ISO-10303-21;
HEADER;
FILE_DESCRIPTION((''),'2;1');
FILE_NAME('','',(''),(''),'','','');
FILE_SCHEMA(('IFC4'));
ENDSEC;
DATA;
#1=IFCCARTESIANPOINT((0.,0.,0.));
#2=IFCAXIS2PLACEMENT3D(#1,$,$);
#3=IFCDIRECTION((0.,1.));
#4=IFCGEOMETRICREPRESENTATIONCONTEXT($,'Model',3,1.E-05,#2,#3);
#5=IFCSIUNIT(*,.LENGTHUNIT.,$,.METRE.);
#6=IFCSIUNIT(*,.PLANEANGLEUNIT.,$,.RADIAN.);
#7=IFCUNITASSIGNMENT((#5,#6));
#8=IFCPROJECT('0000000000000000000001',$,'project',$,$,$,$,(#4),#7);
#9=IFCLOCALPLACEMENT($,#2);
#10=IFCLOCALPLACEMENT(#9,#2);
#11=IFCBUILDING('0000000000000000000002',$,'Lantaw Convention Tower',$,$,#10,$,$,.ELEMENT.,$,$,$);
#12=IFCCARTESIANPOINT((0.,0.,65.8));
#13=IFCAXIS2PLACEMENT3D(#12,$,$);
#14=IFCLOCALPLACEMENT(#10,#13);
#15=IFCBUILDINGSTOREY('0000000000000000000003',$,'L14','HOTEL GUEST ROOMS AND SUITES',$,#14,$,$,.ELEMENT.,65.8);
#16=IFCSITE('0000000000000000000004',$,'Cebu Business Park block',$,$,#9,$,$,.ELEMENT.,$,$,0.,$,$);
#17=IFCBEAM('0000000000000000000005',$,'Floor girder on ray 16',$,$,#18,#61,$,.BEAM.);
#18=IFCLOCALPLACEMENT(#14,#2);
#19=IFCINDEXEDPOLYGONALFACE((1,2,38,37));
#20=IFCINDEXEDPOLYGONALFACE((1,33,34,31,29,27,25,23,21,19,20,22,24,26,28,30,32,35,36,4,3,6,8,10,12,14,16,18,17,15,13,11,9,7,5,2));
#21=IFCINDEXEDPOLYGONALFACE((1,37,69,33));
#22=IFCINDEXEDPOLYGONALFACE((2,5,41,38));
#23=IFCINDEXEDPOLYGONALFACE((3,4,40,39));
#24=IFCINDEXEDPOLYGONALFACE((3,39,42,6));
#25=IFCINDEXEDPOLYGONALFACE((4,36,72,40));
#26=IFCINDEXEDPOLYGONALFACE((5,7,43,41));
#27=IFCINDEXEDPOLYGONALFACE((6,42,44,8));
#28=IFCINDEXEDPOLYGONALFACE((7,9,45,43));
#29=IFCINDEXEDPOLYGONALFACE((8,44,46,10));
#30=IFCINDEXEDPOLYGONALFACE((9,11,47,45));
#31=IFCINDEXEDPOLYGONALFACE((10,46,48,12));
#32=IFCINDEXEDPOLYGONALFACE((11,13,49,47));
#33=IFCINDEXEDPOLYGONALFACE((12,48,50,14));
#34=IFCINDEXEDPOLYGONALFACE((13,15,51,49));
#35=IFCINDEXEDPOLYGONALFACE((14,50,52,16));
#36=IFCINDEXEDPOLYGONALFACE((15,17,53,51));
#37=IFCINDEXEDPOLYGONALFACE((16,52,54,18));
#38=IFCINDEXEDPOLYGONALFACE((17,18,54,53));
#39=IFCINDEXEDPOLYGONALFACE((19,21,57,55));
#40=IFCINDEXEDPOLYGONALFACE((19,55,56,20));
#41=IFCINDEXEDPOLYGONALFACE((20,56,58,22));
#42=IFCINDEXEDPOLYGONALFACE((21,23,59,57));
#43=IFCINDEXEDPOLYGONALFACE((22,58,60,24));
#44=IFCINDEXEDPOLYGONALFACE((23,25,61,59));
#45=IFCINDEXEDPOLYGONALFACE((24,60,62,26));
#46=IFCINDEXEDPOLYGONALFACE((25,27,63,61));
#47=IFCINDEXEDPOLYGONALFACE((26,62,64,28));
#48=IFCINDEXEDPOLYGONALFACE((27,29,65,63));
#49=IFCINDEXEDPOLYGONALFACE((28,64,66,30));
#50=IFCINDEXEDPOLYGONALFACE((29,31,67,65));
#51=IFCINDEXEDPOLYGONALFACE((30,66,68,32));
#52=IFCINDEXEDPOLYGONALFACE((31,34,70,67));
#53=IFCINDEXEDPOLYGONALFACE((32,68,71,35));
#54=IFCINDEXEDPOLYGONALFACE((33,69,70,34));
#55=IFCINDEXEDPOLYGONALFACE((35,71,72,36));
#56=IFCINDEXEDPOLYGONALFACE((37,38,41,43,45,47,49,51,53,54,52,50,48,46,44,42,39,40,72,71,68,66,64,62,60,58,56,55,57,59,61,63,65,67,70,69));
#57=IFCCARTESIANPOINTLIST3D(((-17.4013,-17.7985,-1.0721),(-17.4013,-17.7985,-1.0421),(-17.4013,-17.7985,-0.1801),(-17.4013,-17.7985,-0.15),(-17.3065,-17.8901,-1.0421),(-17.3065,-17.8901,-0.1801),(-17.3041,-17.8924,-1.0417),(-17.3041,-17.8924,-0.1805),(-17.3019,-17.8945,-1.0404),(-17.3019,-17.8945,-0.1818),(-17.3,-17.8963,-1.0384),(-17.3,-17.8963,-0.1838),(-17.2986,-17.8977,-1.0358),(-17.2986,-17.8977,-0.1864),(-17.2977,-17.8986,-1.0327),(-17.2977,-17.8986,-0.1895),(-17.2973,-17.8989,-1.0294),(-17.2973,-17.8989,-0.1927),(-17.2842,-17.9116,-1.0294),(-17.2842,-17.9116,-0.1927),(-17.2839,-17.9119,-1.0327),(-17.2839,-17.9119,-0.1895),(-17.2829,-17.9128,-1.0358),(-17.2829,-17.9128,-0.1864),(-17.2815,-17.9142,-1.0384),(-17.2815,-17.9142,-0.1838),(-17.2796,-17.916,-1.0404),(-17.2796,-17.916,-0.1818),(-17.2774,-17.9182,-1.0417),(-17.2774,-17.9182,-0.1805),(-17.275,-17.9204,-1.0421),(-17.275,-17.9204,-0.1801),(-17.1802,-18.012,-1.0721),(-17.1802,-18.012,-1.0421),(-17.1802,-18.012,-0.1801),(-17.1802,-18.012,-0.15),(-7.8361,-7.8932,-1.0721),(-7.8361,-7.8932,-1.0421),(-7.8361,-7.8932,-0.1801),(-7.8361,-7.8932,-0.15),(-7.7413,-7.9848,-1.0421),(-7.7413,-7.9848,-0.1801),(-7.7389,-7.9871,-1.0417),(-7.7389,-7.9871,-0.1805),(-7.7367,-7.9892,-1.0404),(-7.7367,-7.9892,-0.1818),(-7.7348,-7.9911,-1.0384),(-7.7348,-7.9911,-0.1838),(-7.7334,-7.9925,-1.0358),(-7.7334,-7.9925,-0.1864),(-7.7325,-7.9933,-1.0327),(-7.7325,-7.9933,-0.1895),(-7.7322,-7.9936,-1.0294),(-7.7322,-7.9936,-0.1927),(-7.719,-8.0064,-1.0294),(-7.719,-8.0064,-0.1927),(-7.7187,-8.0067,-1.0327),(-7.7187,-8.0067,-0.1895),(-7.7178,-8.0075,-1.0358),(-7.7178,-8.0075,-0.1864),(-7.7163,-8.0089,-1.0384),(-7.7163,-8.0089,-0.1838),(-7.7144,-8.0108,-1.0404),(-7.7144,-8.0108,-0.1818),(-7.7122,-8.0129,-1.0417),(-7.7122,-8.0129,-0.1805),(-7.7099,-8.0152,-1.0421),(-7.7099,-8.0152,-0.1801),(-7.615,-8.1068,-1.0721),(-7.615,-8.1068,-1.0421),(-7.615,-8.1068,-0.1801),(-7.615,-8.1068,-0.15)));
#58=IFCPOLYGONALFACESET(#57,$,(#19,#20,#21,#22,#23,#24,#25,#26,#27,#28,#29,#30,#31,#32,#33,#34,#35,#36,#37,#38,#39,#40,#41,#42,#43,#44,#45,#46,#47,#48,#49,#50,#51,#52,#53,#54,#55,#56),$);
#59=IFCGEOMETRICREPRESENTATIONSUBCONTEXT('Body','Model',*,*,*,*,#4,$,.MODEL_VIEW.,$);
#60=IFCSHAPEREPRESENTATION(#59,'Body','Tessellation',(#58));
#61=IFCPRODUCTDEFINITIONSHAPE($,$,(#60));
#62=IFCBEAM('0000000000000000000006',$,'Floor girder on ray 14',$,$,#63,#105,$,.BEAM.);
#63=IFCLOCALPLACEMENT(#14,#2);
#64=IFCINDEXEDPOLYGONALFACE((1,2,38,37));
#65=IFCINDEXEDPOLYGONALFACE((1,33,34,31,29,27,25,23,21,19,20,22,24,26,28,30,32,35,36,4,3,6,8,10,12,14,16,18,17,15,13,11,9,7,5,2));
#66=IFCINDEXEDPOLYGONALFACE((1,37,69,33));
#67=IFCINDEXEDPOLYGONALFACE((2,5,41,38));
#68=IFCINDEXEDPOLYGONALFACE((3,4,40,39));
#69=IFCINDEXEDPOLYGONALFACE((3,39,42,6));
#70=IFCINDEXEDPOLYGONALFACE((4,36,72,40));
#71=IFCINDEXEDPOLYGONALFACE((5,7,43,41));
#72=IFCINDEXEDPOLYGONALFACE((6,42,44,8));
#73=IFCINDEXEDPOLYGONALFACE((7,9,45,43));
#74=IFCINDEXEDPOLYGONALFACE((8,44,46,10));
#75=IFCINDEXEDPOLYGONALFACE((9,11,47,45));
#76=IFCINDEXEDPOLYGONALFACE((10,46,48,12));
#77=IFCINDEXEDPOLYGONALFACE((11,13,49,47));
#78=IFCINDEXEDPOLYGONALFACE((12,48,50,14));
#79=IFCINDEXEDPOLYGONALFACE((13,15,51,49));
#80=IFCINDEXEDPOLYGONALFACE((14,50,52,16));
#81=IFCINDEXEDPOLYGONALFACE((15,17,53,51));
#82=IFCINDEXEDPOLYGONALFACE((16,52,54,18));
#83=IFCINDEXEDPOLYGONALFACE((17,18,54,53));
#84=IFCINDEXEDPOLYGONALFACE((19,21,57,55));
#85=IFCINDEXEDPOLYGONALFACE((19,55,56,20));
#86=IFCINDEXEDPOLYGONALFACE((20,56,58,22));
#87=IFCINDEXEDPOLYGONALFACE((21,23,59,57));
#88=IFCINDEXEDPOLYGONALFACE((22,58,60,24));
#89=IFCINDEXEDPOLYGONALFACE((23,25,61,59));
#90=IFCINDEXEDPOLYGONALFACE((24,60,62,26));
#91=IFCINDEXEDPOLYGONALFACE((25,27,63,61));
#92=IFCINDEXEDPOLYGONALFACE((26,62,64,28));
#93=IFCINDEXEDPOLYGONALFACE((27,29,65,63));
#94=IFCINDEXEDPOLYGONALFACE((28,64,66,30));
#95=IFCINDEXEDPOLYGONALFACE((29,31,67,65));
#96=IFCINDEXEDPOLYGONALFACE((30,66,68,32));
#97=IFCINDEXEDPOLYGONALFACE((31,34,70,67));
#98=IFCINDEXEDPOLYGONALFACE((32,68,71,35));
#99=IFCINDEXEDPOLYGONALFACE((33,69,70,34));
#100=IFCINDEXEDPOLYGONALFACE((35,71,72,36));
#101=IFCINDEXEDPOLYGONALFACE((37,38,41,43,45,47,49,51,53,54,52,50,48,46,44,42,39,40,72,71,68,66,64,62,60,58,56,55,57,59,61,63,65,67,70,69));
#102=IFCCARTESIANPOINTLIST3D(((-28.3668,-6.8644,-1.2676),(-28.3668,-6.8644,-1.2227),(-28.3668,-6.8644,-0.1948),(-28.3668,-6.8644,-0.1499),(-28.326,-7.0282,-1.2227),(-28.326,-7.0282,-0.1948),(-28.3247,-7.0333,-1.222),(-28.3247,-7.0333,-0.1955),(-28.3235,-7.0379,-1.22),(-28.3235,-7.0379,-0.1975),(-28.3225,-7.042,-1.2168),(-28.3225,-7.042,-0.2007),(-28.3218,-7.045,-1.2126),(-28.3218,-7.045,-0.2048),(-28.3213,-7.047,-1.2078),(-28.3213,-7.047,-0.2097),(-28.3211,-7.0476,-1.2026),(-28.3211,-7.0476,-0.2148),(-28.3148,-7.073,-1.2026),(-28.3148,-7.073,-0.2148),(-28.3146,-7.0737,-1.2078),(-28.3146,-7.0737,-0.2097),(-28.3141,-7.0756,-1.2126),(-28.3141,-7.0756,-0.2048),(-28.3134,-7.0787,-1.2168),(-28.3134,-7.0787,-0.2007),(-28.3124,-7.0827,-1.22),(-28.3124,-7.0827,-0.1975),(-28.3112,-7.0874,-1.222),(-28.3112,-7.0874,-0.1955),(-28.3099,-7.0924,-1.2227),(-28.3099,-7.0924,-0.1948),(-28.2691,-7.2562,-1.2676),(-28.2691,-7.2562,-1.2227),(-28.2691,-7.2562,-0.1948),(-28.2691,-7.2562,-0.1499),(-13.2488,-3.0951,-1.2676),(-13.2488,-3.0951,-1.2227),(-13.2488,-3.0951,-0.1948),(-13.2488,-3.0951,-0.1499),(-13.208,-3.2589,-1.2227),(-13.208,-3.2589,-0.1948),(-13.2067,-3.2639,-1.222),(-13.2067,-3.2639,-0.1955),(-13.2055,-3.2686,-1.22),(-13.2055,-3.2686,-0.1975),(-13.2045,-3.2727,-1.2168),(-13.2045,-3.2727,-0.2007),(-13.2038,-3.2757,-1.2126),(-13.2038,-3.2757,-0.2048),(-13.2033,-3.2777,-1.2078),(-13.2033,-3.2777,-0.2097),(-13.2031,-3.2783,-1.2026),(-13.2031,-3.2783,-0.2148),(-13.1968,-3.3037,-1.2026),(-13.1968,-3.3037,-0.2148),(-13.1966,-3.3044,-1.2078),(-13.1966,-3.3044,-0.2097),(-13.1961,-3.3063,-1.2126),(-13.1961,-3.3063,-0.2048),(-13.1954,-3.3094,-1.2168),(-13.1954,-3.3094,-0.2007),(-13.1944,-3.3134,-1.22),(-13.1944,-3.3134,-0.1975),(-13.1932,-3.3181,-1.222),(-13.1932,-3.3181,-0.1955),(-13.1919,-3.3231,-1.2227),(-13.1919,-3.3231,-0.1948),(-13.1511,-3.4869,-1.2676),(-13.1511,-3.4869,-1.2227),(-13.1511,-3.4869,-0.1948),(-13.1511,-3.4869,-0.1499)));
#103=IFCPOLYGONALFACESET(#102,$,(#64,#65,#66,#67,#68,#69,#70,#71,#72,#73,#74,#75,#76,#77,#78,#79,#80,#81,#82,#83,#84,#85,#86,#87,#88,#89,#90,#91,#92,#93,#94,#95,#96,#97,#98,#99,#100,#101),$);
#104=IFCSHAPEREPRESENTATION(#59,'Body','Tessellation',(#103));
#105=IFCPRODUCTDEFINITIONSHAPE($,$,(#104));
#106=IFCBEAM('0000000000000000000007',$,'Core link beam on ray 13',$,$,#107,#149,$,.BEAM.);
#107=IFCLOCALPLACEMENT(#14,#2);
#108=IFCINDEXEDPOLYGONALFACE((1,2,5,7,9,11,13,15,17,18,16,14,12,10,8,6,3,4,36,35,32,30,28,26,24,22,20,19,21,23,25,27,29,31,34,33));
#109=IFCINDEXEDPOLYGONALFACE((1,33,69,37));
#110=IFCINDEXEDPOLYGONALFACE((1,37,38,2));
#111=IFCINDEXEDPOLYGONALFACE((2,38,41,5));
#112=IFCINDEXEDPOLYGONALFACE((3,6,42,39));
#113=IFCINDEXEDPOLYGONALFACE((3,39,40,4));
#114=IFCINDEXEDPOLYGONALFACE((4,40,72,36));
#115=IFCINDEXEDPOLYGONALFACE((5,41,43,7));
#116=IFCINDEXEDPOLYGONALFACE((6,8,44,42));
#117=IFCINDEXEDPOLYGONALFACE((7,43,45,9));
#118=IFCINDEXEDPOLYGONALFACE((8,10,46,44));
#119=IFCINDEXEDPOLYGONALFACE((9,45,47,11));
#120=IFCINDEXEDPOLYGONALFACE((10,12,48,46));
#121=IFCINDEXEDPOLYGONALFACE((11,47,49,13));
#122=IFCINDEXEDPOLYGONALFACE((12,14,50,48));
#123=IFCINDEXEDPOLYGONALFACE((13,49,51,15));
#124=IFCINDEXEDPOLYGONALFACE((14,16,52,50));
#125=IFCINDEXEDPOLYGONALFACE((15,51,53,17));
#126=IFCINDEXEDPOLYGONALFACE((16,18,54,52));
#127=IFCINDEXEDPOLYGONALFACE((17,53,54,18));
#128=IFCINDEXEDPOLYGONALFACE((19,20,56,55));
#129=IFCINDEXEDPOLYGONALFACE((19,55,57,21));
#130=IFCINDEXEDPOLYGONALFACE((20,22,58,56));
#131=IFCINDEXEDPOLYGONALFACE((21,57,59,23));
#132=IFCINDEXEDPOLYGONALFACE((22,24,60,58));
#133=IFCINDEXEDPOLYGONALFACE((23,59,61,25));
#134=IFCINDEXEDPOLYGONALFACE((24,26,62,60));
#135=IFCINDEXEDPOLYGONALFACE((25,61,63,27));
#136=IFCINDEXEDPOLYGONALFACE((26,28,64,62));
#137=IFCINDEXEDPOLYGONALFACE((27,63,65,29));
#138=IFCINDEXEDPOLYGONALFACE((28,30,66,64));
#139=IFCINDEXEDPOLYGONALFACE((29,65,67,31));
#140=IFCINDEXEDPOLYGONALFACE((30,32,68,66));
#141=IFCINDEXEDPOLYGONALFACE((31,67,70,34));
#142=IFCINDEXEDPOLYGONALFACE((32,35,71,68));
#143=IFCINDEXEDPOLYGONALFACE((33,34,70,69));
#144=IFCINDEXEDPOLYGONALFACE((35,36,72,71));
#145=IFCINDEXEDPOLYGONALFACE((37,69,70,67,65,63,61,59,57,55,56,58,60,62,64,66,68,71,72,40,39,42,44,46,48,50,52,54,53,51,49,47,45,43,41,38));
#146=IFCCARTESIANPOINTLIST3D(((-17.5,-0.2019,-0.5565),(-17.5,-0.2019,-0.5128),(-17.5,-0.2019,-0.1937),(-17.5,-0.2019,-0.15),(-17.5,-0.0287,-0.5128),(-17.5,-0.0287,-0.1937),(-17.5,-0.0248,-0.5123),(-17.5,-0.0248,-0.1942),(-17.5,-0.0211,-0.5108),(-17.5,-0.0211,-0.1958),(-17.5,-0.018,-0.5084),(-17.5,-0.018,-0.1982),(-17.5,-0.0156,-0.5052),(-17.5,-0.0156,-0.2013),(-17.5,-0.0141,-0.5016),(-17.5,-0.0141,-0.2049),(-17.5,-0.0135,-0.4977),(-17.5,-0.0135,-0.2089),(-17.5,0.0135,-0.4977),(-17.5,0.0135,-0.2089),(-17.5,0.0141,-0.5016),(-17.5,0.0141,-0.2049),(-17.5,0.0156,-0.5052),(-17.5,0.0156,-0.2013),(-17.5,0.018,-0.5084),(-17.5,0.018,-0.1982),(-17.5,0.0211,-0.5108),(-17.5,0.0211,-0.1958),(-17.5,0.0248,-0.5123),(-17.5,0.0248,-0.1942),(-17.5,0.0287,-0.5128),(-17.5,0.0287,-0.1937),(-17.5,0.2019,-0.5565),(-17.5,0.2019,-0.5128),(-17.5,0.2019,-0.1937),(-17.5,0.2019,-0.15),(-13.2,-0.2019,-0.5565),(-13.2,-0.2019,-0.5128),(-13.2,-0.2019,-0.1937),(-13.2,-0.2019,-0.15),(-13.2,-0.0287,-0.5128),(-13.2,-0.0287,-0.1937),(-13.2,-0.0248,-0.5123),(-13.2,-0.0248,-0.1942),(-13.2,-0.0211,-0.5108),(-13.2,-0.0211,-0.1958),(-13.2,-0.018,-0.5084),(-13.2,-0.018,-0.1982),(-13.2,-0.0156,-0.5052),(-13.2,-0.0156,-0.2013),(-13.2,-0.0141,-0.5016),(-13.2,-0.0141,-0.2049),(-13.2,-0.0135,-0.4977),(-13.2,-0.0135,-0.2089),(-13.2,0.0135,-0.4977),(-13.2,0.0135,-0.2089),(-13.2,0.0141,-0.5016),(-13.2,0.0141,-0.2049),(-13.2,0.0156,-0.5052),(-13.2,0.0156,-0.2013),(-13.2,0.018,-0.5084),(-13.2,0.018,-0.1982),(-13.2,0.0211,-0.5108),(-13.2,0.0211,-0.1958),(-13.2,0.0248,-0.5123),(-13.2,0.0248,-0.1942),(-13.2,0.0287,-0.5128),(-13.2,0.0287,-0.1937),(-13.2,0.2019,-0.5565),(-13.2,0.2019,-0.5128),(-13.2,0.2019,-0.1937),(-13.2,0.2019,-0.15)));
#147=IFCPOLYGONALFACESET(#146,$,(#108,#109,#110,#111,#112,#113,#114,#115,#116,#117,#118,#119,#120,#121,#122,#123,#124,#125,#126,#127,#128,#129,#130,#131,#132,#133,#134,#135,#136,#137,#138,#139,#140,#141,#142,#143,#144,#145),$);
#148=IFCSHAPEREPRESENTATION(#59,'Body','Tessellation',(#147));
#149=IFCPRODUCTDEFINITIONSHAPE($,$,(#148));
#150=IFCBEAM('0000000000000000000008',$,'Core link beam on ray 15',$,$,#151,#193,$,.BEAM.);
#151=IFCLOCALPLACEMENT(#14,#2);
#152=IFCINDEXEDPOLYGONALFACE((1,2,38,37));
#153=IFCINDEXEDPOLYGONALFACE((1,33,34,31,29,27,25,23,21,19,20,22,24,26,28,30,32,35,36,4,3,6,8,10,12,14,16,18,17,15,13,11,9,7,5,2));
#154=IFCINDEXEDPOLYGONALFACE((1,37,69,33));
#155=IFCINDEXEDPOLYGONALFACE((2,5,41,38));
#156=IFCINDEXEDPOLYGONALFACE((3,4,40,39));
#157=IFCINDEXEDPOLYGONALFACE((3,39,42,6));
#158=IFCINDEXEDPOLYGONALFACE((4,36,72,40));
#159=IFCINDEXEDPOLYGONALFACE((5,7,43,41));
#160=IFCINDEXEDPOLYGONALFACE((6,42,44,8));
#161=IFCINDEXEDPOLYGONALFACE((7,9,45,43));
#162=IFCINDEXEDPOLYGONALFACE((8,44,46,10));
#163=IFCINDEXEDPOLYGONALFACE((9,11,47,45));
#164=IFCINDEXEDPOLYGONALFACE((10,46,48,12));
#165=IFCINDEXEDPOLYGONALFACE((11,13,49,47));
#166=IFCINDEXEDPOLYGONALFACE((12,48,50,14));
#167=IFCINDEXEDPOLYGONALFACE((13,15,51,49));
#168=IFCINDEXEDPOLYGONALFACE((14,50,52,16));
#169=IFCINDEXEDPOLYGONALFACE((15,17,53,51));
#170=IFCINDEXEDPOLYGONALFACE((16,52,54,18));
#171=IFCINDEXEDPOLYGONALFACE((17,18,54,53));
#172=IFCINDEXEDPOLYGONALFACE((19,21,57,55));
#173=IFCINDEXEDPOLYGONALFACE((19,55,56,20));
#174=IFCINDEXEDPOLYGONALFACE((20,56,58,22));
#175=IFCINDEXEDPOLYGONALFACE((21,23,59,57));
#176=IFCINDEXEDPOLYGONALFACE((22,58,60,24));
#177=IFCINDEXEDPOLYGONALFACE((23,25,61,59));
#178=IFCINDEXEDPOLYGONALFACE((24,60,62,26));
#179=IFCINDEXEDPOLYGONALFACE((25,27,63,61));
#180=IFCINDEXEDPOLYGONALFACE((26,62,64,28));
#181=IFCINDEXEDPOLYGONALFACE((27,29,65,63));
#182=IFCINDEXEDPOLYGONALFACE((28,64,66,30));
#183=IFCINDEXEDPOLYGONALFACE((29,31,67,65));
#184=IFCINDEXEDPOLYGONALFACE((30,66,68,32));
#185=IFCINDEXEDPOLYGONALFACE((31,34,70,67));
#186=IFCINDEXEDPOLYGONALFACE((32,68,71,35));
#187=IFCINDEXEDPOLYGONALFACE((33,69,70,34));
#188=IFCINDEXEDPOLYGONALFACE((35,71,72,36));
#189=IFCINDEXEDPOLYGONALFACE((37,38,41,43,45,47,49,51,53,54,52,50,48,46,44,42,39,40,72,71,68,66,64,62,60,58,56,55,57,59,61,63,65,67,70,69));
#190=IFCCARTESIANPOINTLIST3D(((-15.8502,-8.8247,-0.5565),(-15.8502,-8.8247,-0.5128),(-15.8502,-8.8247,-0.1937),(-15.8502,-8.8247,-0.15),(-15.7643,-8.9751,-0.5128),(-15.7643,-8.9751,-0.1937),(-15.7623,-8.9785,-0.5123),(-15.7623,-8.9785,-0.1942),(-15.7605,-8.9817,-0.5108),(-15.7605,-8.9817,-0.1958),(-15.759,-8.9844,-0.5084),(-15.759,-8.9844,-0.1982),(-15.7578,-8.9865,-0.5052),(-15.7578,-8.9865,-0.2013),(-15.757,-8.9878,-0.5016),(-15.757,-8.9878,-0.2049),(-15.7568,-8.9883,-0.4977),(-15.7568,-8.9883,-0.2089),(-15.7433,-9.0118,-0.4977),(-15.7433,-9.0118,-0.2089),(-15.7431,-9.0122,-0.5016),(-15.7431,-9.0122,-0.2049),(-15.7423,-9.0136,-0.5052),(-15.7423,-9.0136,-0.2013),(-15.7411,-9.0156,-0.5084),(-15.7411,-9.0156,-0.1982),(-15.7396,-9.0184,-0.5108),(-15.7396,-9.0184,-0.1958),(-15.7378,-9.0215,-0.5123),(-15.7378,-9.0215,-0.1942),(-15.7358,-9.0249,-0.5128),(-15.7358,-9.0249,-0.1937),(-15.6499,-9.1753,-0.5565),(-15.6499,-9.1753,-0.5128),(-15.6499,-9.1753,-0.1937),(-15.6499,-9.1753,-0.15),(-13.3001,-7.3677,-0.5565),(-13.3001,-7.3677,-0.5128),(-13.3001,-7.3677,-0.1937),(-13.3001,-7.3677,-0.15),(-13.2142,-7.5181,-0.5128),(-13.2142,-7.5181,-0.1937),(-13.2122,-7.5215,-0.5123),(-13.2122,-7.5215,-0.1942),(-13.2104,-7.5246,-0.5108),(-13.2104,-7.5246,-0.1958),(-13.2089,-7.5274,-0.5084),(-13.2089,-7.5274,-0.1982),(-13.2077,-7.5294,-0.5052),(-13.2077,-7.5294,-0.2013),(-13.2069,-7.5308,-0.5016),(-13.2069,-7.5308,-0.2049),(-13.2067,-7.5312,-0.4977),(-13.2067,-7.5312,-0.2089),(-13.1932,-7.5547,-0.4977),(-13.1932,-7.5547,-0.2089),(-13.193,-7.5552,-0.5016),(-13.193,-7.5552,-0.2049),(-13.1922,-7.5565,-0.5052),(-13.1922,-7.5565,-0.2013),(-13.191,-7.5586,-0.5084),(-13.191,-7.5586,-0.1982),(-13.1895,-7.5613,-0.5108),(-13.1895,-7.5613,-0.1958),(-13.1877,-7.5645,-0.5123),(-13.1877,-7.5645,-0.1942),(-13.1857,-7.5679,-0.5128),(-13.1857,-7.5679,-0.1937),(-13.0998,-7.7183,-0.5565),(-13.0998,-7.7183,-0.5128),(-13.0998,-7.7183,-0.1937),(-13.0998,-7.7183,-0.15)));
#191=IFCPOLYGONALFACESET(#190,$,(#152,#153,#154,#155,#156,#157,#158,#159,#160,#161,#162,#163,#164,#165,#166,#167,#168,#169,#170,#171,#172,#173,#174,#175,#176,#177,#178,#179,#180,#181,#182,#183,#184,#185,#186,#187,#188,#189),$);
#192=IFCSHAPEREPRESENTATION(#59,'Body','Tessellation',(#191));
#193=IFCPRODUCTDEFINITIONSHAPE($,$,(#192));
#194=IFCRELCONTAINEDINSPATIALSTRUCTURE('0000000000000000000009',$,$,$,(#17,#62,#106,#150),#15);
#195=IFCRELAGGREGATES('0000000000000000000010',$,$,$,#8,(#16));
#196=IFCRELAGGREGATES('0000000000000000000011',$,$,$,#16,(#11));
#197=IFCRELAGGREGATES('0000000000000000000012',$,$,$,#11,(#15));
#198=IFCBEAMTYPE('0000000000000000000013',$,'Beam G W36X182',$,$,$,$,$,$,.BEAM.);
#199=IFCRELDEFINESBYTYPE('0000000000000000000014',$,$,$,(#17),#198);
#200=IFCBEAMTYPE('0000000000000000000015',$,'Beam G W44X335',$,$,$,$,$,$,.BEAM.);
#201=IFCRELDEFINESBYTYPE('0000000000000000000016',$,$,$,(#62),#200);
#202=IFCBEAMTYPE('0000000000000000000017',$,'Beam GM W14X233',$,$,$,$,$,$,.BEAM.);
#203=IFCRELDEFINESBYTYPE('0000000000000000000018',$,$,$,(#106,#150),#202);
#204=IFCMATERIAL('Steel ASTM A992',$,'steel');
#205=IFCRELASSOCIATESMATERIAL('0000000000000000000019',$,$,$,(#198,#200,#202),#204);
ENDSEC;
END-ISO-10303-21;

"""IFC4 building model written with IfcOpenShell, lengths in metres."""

from ifc_helpers import new_model, si_unit, direction, frame, origin, origin_2d, place, context, subcontext, project, spatial, i_section, extrude, material, material_profile, profile_set, type_object, element, save


model = new_model("IFC4")

# Units and contexts
model_context = context("Model", 3, precision=1e-05, world=origin(), true_north=direction((0.0, 1.0)))
body_context = subcontext(model_context, "Body", "Model", "MODEL_VIEW")
ifc_project = project(units=[si_unit("LENGTHUNIT", "METRE"), si_unit("PLANEANGLEUNIT", "RADIAN")], contexts=[model_context])

# Site, building, storey
site_placement = place(None, origin())
site = spatial("IfcSite", under=ifc_project, at=site_placement, Name="Cebu Business Park block", CompositionType="ELEMENT", RefElevation=0.0)
building_placement = place(site_placement, origin())
building = spatial("IfcBuilding", under=site, at=building_placement, Name="Lantaw Convention Tower", CompositionType="ELEMENT")
storey_placement = place(building_placement, frame((0.0, 0.0, 65.8)))
storey = spatial("IfcBuildingStorey", under=building, at=storey_placement, Name="L14", Description="HOTEL GUEST ROOMS AND SUITES", CompositionType="ELEMENT", Elevation=65.8)

# Beams
ifc_material_1 = material(Name="Steel ASTM A992", Category="steel")
ifc_material_profile_1 = material_profile(ifc_material_1, i_section(OverallWidth=0.3074, OverallDepth=0.9221, WebThickness=0.0183, FlangeThickness=0.03, FilletRadius=0.0127, at=origin_2d()), Name="W36X182")
ifc_profile_set_1 = profile_set([ifc_material_profile_1], Name="Steel ASTM A992")
beam_type_1 = type_object("IfcBeamType", Name="Beam G W36X182", PredefinedType="BEAM", material=ifc_profile_set_1)
beam_1_placement = place(storey_placement, frame((-7.7256, -8.0, -0.6111), z_axis=(-0.69465, -0.719348, 0.0), x_axis=(0.719348, -0.69465, 0.0)))
element("IfcBeam", 1, at=beam_1_placement, inside=storey, type_object=beam_type_1, Name="Floor girder on ray 16", PredefinedType="BEAM", context=body_context, shape_type="SweptSolid", body=[
    extrude(i_section(OverallWidth=0.3074, OverallDepth=0.9221, WebThickness=0.0183, FlangeThickness=0.03, FilletRadius=0.0127, at=origin_2d()), origin(), (0.0, 0.0, 1.0), 13.7698),
])
ifc_material_profile_2 = material_profile(ifc_material_1, i_section(OverallWidth=0.4038, OverallDepth=1.1177, WebThickness=0.0261, FlangeThickness=0.0449, FilletRadius=0.02, at=origin_2d()), Name="W44X335")
ifc_profile_set_2 = profile_set([ifc_material_profile_2], Name="Steel ASTM A992")
beam_type_2 = type_object("IfcBeamType", Name="Beam G W44X335", PredefinedType="BEAM", material=ifc_profile_set_2)
beam_2_placement = place(storey_placement, frame((-13.2, -3.291, -0.7087), z_axis=(-0.970296, -0.24192, 0.0), x_axis=(0.24192, -0.970296, 0.0)))
element("IfcBeam", 2, at=beam_2_placement, inside=storey, type_object=beam_type_2, Name="Floor girder on ray 14", PredefinedType="BEAM", context=body_context, shape_type="SweptSolid", body=[
    extrude(i_section(OverallWidth=0.4038, OverallDepth=1.1177, WebThickness=0.0261, FlangeThickness=0.0449, FilletRadius=0.02, at=origin_2d()), origin(), (0.0, 0.0, 1.0), 15.5808),
])
ifc_material_profile_3 = material_profile(ifc_material_1, i_section(OverallWidth=0.4038, OverallDepth=0.4065, WebThickness=0.0271, FlangeThickness=0.0437, FilletRadius=0.0151, at=origin_2d()), Name="W14X233")
ifc_profile_set_3 = profile_set([ifc_material_profile_3], Name="Steel ASTM A992")
beam_type_3 = type_object("IfcBeamType", Name="Beam GM W14X233", PredefinedType="BEAM", material=ifc_profile_set_3)
beam_3_placement = place(storey_placement, frame((-13.2, 0.0, -0.3533), z_axis=(-1.0, 0.0, 0.0), x_axis=(0.0, -1.0, 0.0)))
element("IfcBeam", 3, at=beam_3_placement, inside=storey, type_object=beam_type_3, Name="Core link beam on ray 13", PredefinedType="BEAM", context=body_context, shape_type="SweptSolid", body=[
    extrude(i_section(OverallWidth=0.4038, OverallDepth=0.4065, WebThickness=0.0271, FlangeThickness=0.0437, FilletRadius=0.0151, at=origin_2d()), origin(), (0.0, 0.0, 1.0), 4.3),
])
beam_4_placement = place(storey_placement, frame((-13.2, -7.543, -0.3533), z_axis=(-0.868264, -0.496103, 0.0), x_axis=(0.496103, -0.868264, 0.0)))
element("IfcBeam", 4, at=beam_4_placement, inside=storey, type_object=beam_type_3, Name="Core link beam on ray 15", PredefinedType="BEAM", context=body_context, shape_type="SweptSolid", body=[
    extrude(i_section(OverallWidth=0.4038, OverallDepth=0.4065, WebThickness=0.0271, FlangeThickness=0.0437, FilletRadius=0.0151, at=origin_2d()), origin(), (0.0, 0.0, 1.0), 2.937),
])

save(model, "model.ifc")
